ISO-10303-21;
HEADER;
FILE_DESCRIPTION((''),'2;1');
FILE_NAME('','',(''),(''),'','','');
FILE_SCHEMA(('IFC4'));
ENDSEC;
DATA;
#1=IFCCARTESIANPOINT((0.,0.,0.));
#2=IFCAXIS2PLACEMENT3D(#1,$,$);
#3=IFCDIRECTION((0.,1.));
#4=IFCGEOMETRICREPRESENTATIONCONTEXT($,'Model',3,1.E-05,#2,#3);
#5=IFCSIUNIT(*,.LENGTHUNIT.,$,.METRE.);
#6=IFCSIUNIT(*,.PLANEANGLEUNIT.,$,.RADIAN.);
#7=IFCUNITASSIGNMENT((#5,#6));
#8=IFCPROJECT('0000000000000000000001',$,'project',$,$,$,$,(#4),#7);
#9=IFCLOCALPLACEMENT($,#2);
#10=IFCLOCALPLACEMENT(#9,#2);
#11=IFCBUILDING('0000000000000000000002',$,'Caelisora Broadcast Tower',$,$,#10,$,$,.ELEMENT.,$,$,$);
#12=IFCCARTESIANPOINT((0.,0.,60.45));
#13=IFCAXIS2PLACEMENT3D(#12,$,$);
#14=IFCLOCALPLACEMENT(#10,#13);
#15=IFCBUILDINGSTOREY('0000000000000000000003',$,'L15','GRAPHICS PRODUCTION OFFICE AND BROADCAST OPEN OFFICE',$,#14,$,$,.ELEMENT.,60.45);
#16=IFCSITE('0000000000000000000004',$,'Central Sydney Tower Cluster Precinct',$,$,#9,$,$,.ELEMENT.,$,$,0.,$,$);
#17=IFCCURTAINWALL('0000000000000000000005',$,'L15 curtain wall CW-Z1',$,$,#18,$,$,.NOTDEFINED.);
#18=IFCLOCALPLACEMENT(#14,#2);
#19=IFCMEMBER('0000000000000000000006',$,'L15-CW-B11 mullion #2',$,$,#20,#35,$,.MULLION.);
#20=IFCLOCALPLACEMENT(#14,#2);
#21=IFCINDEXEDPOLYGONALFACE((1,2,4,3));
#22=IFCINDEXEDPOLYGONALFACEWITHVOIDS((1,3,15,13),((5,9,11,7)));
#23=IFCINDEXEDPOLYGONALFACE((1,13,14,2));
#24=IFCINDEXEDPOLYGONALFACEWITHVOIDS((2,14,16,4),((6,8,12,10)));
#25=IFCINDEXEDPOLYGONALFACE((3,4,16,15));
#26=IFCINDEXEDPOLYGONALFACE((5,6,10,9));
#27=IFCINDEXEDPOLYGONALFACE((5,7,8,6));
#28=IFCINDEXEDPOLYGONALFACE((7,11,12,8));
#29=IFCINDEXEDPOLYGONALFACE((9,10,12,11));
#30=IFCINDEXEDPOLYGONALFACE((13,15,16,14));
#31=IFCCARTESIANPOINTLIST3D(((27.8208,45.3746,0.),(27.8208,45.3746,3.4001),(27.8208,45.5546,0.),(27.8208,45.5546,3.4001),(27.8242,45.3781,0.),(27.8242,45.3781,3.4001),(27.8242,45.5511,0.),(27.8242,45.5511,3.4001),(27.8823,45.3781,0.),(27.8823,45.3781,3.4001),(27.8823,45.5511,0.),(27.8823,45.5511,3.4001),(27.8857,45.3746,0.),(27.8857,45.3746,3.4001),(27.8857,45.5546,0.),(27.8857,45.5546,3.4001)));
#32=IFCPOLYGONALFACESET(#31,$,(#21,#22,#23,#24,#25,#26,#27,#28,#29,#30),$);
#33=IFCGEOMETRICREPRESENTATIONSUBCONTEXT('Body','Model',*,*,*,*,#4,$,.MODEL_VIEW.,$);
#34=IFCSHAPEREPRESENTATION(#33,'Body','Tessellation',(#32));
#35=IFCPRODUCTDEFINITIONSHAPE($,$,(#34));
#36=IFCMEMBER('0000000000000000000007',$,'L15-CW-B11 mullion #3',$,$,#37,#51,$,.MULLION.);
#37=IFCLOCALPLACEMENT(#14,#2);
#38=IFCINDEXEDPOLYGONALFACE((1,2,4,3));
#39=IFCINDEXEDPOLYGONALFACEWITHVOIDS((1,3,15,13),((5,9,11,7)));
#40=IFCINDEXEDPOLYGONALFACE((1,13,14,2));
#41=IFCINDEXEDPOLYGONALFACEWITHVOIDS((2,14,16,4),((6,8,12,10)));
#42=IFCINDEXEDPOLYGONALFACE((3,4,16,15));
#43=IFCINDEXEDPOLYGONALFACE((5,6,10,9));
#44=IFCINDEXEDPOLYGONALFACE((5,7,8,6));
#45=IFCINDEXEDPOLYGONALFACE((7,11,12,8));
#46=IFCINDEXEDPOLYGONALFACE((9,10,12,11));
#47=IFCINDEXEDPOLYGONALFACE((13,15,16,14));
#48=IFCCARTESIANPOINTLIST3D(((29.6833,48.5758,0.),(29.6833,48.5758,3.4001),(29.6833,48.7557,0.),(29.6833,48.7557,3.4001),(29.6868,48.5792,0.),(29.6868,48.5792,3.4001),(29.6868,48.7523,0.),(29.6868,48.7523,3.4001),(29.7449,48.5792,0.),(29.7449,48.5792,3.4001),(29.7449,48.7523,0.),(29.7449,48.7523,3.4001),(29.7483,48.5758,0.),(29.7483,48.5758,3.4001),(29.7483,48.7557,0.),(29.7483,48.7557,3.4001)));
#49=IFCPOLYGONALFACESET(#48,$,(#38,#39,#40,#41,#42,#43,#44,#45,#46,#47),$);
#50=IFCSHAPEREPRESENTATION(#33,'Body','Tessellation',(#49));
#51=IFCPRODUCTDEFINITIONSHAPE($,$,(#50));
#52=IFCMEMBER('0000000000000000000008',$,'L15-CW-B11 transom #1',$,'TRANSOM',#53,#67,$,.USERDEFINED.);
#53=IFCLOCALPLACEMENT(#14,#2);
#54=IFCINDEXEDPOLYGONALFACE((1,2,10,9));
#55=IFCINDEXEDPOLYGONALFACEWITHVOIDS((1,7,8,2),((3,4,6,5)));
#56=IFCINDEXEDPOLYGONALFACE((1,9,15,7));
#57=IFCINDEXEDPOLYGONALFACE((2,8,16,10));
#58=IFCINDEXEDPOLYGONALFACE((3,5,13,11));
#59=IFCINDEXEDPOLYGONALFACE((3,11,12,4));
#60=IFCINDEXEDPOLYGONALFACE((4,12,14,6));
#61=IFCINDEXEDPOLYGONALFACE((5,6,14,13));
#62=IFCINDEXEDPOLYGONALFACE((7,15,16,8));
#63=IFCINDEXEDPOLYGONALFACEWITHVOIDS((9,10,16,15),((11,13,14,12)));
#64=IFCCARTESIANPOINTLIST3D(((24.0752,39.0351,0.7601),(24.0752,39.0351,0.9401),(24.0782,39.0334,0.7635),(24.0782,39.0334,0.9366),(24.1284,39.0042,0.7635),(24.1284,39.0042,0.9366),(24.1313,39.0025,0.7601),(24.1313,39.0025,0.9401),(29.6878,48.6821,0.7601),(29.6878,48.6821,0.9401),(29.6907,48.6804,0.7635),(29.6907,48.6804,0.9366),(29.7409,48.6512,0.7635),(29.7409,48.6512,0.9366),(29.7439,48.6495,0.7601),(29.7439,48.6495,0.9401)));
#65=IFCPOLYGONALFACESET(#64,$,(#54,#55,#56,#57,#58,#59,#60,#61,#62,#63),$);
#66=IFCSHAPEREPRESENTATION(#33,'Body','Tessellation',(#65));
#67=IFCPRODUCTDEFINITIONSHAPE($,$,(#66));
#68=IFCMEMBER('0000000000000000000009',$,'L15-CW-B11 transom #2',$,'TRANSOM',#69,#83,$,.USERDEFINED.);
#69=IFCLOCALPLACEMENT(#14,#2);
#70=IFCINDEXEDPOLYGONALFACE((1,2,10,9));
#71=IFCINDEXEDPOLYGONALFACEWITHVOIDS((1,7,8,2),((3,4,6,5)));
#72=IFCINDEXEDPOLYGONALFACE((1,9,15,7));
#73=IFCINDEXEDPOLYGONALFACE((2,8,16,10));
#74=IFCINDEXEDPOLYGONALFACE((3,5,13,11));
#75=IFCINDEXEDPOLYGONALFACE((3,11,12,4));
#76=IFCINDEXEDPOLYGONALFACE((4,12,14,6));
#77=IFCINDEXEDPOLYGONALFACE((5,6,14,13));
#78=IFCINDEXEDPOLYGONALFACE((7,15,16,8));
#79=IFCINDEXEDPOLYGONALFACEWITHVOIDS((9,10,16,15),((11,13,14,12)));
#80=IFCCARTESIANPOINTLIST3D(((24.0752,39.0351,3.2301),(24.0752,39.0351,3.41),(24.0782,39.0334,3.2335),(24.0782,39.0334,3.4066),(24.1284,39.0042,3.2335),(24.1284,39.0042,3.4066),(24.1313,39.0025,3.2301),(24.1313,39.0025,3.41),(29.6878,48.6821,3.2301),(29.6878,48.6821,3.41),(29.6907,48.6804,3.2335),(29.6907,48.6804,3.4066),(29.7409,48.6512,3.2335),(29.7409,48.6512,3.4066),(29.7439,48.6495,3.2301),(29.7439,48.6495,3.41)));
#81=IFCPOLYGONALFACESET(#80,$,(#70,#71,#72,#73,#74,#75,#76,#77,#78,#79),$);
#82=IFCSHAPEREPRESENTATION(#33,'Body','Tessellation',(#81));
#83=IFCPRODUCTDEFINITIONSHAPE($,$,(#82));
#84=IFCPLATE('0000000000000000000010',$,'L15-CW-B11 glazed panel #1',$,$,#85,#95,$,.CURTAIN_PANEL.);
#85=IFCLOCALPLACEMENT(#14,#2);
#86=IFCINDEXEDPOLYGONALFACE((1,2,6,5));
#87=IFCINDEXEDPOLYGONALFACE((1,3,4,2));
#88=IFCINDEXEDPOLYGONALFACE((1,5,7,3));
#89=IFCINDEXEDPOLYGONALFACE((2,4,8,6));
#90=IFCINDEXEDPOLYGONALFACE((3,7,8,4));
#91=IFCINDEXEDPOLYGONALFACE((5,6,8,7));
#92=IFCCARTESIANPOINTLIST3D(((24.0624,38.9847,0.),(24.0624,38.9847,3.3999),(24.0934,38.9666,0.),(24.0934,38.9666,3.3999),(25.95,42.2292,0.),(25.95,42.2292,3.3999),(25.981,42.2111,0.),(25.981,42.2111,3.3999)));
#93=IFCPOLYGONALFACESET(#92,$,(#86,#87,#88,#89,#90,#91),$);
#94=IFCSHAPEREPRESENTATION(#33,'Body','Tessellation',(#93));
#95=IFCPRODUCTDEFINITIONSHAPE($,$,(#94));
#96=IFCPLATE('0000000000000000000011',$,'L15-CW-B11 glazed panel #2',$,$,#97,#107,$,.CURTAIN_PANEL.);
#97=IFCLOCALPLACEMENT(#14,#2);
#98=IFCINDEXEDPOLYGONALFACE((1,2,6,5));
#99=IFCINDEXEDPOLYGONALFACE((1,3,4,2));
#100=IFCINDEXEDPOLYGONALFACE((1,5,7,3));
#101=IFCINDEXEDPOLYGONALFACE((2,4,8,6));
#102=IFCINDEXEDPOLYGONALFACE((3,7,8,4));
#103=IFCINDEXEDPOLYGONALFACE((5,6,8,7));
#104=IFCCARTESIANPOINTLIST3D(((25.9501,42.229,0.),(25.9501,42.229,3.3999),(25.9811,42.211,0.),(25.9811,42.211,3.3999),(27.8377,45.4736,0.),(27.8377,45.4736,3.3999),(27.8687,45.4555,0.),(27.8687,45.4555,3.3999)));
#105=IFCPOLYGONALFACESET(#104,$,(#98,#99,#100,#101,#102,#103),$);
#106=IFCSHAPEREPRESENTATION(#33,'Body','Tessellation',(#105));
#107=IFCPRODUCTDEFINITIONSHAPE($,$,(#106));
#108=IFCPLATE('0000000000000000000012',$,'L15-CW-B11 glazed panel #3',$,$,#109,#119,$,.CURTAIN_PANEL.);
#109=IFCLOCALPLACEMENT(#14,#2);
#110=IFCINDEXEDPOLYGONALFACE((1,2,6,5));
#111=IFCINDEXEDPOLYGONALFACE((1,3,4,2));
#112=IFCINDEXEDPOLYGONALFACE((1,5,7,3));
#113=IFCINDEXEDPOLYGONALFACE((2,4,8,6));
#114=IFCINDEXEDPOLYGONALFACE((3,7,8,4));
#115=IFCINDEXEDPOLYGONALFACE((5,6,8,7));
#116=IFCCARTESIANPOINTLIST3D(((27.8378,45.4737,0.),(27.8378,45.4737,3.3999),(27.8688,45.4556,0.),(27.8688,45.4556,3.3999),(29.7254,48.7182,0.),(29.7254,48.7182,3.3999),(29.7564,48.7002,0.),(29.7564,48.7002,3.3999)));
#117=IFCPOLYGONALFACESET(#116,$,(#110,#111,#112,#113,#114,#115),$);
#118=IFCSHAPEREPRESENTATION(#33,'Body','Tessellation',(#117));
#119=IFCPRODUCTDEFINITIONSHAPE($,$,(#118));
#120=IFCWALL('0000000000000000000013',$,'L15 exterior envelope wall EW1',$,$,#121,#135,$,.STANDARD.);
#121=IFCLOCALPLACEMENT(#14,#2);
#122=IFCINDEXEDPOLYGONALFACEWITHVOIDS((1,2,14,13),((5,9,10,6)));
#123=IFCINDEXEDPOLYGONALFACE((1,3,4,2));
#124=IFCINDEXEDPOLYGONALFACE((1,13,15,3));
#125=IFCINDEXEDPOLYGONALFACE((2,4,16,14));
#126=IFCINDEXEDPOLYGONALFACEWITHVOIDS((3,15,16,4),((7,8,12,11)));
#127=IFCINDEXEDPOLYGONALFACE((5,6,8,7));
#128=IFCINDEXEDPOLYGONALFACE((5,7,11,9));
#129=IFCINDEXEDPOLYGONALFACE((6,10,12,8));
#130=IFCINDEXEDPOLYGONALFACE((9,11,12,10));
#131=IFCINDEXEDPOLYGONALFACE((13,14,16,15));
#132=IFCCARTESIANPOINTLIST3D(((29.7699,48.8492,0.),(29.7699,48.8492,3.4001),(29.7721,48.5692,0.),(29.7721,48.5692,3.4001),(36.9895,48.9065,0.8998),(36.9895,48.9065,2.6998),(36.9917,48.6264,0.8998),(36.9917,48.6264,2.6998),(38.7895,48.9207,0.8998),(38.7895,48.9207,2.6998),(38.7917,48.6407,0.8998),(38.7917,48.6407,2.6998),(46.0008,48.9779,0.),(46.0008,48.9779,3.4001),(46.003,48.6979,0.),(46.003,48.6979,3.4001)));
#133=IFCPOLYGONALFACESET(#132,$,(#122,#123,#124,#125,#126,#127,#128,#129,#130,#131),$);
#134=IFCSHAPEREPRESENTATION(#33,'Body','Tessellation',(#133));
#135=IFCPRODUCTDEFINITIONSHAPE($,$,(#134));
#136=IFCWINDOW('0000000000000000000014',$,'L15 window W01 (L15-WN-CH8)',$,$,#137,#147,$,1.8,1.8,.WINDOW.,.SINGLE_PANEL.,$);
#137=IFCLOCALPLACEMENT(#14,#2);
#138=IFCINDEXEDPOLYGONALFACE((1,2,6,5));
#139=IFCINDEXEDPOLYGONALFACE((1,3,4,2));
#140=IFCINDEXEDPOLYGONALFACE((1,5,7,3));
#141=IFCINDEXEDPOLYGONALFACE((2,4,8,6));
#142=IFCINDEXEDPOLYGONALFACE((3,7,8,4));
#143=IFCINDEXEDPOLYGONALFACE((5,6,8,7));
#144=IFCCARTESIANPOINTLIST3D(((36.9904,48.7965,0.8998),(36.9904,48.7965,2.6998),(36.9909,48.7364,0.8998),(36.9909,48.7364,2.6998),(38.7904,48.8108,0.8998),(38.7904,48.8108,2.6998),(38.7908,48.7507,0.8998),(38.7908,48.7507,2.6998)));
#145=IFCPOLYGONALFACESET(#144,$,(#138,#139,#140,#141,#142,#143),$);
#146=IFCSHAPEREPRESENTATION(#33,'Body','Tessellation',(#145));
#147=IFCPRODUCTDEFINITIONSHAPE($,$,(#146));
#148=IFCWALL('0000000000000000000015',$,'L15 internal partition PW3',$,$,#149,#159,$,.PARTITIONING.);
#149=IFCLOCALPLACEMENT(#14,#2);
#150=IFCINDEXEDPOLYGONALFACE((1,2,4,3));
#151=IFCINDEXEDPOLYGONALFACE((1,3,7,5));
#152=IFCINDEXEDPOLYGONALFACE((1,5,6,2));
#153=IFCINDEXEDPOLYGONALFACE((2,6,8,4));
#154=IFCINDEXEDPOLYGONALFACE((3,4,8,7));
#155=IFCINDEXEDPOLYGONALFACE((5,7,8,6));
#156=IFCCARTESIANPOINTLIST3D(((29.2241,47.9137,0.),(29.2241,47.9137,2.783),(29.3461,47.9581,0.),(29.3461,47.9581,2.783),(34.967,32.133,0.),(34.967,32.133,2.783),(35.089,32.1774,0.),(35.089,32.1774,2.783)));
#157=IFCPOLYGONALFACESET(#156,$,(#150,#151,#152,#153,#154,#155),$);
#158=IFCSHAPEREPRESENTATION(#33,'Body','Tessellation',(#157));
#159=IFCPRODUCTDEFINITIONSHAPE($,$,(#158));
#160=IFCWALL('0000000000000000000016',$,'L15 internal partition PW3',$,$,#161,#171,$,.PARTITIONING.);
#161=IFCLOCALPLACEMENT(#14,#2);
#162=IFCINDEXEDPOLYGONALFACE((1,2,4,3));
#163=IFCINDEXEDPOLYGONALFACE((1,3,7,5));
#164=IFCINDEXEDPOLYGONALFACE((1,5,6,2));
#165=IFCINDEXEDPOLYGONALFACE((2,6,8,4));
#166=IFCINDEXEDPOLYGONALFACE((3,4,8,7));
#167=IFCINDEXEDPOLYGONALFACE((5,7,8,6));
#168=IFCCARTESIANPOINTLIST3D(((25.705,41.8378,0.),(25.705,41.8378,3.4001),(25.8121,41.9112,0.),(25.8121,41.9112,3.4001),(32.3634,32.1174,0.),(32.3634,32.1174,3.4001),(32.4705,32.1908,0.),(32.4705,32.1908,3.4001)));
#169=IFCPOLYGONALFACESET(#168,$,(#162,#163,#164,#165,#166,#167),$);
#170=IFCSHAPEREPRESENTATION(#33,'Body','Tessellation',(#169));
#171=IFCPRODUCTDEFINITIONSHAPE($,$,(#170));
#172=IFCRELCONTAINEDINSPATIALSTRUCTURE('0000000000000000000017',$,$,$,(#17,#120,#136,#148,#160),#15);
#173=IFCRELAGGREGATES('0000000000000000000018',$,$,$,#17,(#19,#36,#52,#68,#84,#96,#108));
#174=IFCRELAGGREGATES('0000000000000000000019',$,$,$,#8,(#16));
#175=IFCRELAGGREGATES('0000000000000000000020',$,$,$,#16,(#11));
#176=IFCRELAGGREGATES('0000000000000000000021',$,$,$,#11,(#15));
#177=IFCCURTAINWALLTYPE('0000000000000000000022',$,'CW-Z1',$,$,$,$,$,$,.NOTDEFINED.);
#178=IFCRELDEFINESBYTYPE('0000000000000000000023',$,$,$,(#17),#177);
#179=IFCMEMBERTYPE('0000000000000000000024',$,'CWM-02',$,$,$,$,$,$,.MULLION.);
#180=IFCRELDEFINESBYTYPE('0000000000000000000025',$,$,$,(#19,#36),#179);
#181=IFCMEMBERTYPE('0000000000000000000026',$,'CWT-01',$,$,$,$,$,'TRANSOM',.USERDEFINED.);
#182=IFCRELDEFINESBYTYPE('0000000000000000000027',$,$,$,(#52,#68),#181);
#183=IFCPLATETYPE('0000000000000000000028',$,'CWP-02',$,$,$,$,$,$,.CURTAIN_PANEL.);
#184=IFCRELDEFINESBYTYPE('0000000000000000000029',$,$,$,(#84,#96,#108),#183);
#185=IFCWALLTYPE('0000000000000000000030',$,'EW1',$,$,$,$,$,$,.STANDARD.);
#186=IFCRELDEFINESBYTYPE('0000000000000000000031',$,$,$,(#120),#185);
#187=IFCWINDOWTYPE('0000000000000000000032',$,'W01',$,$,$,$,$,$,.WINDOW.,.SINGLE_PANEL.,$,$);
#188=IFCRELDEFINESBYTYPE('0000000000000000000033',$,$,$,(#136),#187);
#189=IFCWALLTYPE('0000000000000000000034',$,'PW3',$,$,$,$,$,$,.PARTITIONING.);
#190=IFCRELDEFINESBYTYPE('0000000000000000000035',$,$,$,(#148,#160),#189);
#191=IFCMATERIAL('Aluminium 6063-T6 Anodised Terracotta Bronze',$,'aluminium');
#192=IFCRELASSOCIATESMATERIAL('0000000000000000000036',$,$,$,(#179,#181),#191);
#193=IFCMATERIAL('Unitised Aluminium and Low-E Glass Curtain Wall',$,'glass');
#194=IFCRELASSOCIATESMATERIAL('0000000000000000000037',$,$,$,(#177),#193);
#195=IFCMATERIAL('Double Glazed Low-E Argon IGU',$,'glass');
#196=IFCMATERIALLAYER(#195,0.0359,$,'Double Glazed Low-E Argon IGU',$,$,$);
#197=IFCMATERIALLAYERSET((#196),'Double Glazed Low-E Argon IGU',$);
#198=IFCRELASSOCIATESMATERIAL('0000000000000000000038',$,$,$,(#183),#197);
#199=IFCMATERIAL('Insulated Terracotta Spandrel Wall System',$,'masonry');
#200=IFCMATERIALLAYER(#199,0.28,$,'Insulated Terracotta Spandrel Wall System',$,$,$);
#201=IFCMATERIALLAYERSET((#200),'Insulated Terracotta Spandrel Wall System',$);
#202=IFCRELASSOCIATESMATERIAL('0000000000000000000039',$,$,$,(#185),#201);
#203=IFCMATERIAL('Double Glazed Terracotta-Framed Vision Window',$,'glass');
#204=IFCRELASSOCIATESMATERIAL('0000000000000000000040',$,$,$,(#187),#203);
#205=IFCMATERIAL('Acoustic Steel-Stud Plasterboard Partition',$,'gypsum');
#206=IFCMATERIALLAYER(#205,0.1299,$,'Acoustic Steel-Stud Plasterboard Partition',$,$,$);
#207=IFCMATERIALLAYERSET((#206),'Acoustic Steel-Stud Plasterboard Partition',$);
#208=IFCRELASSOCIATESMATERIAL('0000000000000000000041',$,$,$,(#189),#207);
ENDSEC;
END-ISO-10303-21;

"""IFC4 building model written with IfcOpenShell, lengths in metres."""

from ifc_helpers import new_model, si_unit, direction, frame, frame_2d, origin, origin_2d, place, context, subcontext, project, spatial, rectangle, hollow_rectangle, extrude, source, transform, mapped, material, layer, layer_set, material_profile, profile_set, type_object, type_shapes, element, fill, aggregate, save


model = new_model("IFC4")

# Units and contexts
model_context = context("Model", 3, precision=1e-05, world=origin(), true_north=direction((0.0, 1.0)))
body_context = subcontext(model_context, "Body", "Model", "MODEL_VIEW")
ifc_project = project(units=[si_unit("LENGTHUNIT", "METRE"), si_unit("PLANEANGLEUNIT", "RADIAN")], contexts=[model_context])

# Site, building, storey
site_placement = place(None, origin())
site = spatial("IfcSite", under=ifc_project, at=site_placement, Name="Central Sydney Tower Cluster Precinct", CompositionType="ELEMENT", RefElevation=0.0)
building_placement = place(site_placement, origin())
building = spatial("IfcBuilding", under=site, at=building_placement, Name="Caelisora Broadcast Tower", CompositionType="ELEMENT")
storey_placement = place(building_placement, frame((0.0, 0.0, 60.45)))
storey = spatial("IfcBuildingStorey", under=building, at=storey_placement, Name="L15", Description="GRAPHICS PRODUCTION OFFICE AND BROADCAST OPEN OFFICE", CompositionType="ELEMENT", Elevation=60.45)

# Shared definitions
ifc_material_1 = material(Name="Aluminium 6063-T6 Anodised Terracotta Bronze", Category="aluminium")
ifc_material_profile_1 = material_profile(ifc_material_1, hollow_rectangle(XDim=0.0649, YDim=0.1799, WallThickness=0.0034, at=origin_2d()), Name="Aluminium 6063-T6 Anodised Terracotta Bronze")
ifc_profile_set_1 = profile_set([ifc_material_profile_1], Name="Aluminium 6063-T6 Anodised Terracotta Bronze")
member_type_1 = type_object("IfcMemberType", Name="CWM-02", PredefinedType="MULLION", material=ifc_profile_set_1)
shared_shape_1 = source(origin(), body_context, "Body", "SweptSolid", [
    extrude(hollow_rectangle(XDim=0.0649, YDim=0.1799, WallThickness=0.0034, at=origin_2d()), origin(), (0.0, 0.0, 1.0), 3.4001),
])
type_shapes(member_type_1, [shared_shape_1])

# Curtain wall, members, plates
ifc_material_2 = material(Name="Unitised Aluminium and Low-E Glass Curtain Wall", Category="glass")
curtain_wall_type_1 = type_object("IfcCurtainWallType", Name="CW-Z1", PredefinedType="NOTDEFINED", material=ifc_material_2)
curtain_wall_1_placement = place(storey_placement, origin())
curtain_wall_1 = element("IfcCurtainWall", 1, at=curtain_wall_1_placement, inside=storey, type_object=curtain_wall_type_1, Name="L15 curtain wall CW-Z1", PredefinedType="NOTDEFINED")
member_1_placement = place(storey_placement, frame((27.8533, 45.4646, 0.0), z_axis=(0.0, 0.0, 1.0), x_axis=(1.0, 0.0, 0.0)))
member_1 = element("IfcMember", 2, at=member_1_placement, type_object=member_type_1, Name="L15-CW-B11 mullion #2", PredefinedType="MULLION", context=body_context, shape_type="MappedRepresentation", body=[
    mapped(shared_shape_1, transform((0.0, 0.0, 0.0), scale=1.0)),
])
member_2_placement = place(storey_placement, frame((29.7158, 48.6658, 0.0), z_axis=(0.0, 0.0, 1.0), x_axis=(1.0, 0.0, 0.0)))
member_2 = element("IfcMember", 3, at=member_2_placement, type_object=member_type_1, Name="L15-CW-B11 mullion #3", PredefinedType="MULLION", context=body_context, shape_type="MappedRepresentation", body=[
    mapped(shared_shape_1, transform((0.0, 0.0, 0.0), scale=1.0)),
])
ifc_material_profile_2 = material_profile(ifc_material_1, hollow_rectangle(XDim=0.0649, YDim=0.1799, WallThickness=0.0034, at=origin_2d()), Name="Aluminium 6063-T6 Anodised Terracotta Bronze")
ifc_profile_set_2 = profile_set([ifc_material_profile_2], Name="Aluminium 6063-T6 Anodised Terracotta Bronze")
member_type_2 = type_object("IfcMemberType", Name="CWT-01", ElementType="TRANSOM", PredefinedType="USERDEFINED", material=ifc_profile_set_2)
shared_shape_2 = source(origin(), body_context, "Body", "SweptSolid", [
    extrude(hollow_rectangle(XDim=0.0649, YDim=0.1799, WallThickness=0.0034, at=origin_2d()), origin(), (0.0, 0.0, 1.0), 11.1609),
])
type_shapes(member_type_2, [shared_shape_2])
member_3_placement = place(storey_placement, frame((24.1033, 39.0188, 0.8501), z_axis=(0.502878, 0.864358, 0.0), x_axis=(-0.864358, 0.502878, 0.0)))
member_3 = element("IfcMember", 4, at=member_3_placement, type_object=member_type_2, Name="L15-CW-B11 transom #1", ObjectType="TRANSOM", PredefinedType="USERDEFINED", context=body_context, shape_type="MappedRepresentation", body=[
    mapped(shared_shape_2, transform((0.0, 0.0, 0.0), scale=1.0)),
])
member_4_placement = place(storey_placement, frame((24.1033, 39.0188, 3.3201), z_axis=(0.502878, 0.864358, 0.0), x_axis=(-0.864358, 0.502878, 0.0)))
member_4 = element("IfcMember", 5, at=member_4_placement, type_object=member_type_2, Name="L15-CW-B11 transom #2", ObjectType="TRANSOM", PredefinedType="USERDEFINED", context=body_context, shape_type="MappedRepresentation", body=[
    mapped(shared_shape_2, transform((0.0, 0.0, 0.0), scale=1.0)),
])
ifc_material_3 = material(Name="Double Glazed Low-E Argon IGU", Category="glass")
ifc_layer_1 = layer(ifc_material_3, 0.0359, Name="Double Glazed Low-E Argon IGU")
ifc_layer_set_1 = layer_set([ifc_layer_1], Name="Double Glazed Low-E Argon IGU")
plate_type = type_object("IfcPlateType", Name="CWP-02", PredefinedType="CURTAIN_PANEL", material=ifc_layer_set_1)
shared_shape_3 = source(origin(), body_context, "Body", "SweptSolid", [
    extrude(rectangle(XDim=3.7537, YDim=0.0359, at=origin_2d()), origin(), (0.0, 0.0, 1.0), 3.3999),
])
type_shapes(plate_type, [shared_shape_3])
plate_1_placement = place(storey_placement, frame((25.0217, 40.5979, 0.0), z_axis=(0.0, 0.0, 1.0), x_axis=(0.502869, 0.864363, 0.0)))
plate_1 = element("IfcPlate", 6, at=plate_1_placement, type_object=plate_type, Name="L15-CW-B11 glazed panel #1", PredefinedType="CURTAIN_PANEL", context=body_context, shape_type="MappedRepresentation", body=[
    mapped(shared_shape_3, transform((0.0, 0.0, 0.0), scale=1.0)),
])
plate_2_placement = place(storey_placement, frame((26.9094, 43.8423, 0.0), z_axis=(0.0, 0.0, 1.0), x_axis=(0.502869, 0.864363, 0.0)))
plate_2 = element("IfcPlate", 7, at=plate_2_placement, type_object=plate_type, Name="L15-CW-B11 glazed panel #2", PredefinedType="CURTAIN_PANEL", context=body_context, shape_type="MappedRepresentation", body=[
    mapped(shared_shape_3, transform((0.0, 0.0, 0.0), scale=1.0)),
])
plate_3_placement = place(storey_placement, frame((28.7971, 47.0869, 0.0), z_axis=(0.0, 0.0, 1.0), x_axis=(0.502869, 0.864363, 0.0)))
plate_3 = element("IfcPlate", 8, at=plate_3_placement, type_object=plate_type, Name="L15-CW-B11 glazed panel #3", PredefinedType="CURTAIN_PANEL", context=body_context, shape_type="MappedRepresentation", body=[
    mapped(shared_shape_3, transform((0.0, 0.0, 0.0), scale=1.0)),
])
aggregate(curtain_wall_1, [member_1, member_2, member_3, member_4, plate_1, plate_2, plate_3])

# Wall, opening, window
ifc_material_4 = material(Name="Insulated Terracotta Spandrel Wall System", Category="masonry")
ifc_layer_2 = layer(ifc_material_4, 0.28, Name="Insulated Terracotta Spandrel Wall System")
ifc_layer_set_2 = layer_set([ifc_layer_2], Name="Insulated Terracotta Spandrel Wall System")
wall_type_1 = type_object("IfcWallType", Name="EW1", PredefinedType="STANDARD", material=ifc_layer_set_2)
wall_1_placement = place(storey_placement, frame((29.771, 48.7092, 0.0), z_axis=(0.0, 0.0, 1.0), x_axis=(0.999969, 0.007927, 0.0)))
wall_1 = element("IfcWall", 9, at=wall_1_placement, inside=storey, type_object=wall_type_1, Name="L15 exterior envelope wall EW1", PredefinedType="STANDARD", context=body_context, shape_type="SweptSolid", body=[
    extrude(rectangle(XDim=16.2314, YDim=0.28, at=frame_2d((8.1157, 0.0))), origin(), (0.0, 0.0, 1.0), 3.4001),
])
opening_placement = place(wall_1_placement, frame((7.22, 0.0, 0.8999)))
opening = element("IfcOpeningElement", 10, at=opening_placement, cuts=wall_1, PredefinedType="OPENING", context=body_context, shape_type="SweptSolid", body=[
    extrude(rectangle(XDim=1.8, YDim=1.8, at=frame_2d((0.8999, 0.8999))), frame((0.0, 0.1521, 0.0), z_axis=(0.0, -1.0, 0.0), x_axis=(1.0, 0.0, 0.0)), (0.0, 0.0, 1.0), 0.304),
])
ifc_material_5 = material(Name="Double Glazed Terracotta-Framed Vision Window", Category="glass")
window_type = type_object("IfcWindowType", Name="W01", PartitioningType="SINGLE_PANEL", PredefinedType="WINDOW", material=ifc_material_5)
window_placement = place(opening_placement, origin())
window = element("IfcWindow", 11, at=window_placement, inside=storey, type_object=window_type, Name="L15 window W01 (L15-WN-CH8)", OverallHeight=1.8, OverallWidth=1.8, PartitioningType="SINGLE_PANEL", PredefinedType="WINDOW", context=body_context, shape_type="SweptSolid", body=[
    extrude(rectangle(XDim=1.8, YDim=1.8, at=frame_2d((0.8999, 0.8999))), frame((0.0, 0.03, 0.0), z_axis=(0.0, -1.0, 0.0), x_axis=(1.0, 0.0, 0.0)), (0.0, 0.0, 1.0), 0.0601),
])
fill(opening, window)

# Walls
ifc_material_6 = material(Name="Acoustic Steel-Stud Plasterboard Partition", Category="gypsum")
ifc_layer_3 = layer(ifc_material_6, 0.1299, Name="Acoustic Steel-Stud Plasterboard Partition")
ifc_layer_set_3 = layer_set([ifc_layer_3], Name="Acoustic Steel-Stud Plasterboard Partition")
wall_type_2 = type_object("IfcWallType", Name="PW3", PredefinedType="PARTITIONING", material=ifc_layer_set_3)
wall_2_placement = place(storey_placement, frame((29.2852, 47.9358, 0.0), z_axis=(0.0, 0.0, 1.0), x_axis=(0.341978, -0.939708, 0.0)))
element("IfcWall", 12, at=wall_2_placement, inside=storey, type_object=wall_type_2, Name="L15 internal partition PW3", PredefinedType="PARTITIONING", context=body_context, shape_type="SweptSolid", body=[
    extrude(rectangle(XDim=16.7932, YDim=0.1299, at=frame_2d((8.3965, 0.0))), origin(), (0.0, 0.0, 1.0), 2.783),
])
wall_3_placement = place(storey_placement, frame((25.7585, 41.8745, 0.0), z_axis=(0.0, 0.0, 1.0), x_axis=(0.565124, -0.825006, 0.0)))
element("IfcWall", 13, at=wall_3_placement, inside=storey, type_object=wall_type_2, Name="L15 internal partition PW3", PredefinedType="PARTITIONING", context=body_context, shape_type="SweptSolid", body=[
    extrude(rectangle(XDim=11.7822, YDim=0.1299, at=frame_2d((5.8911, 0.0))), origin(), (0.0, 0.0, 1.0), 3.4001),
])

save(model, "model.ifc")
